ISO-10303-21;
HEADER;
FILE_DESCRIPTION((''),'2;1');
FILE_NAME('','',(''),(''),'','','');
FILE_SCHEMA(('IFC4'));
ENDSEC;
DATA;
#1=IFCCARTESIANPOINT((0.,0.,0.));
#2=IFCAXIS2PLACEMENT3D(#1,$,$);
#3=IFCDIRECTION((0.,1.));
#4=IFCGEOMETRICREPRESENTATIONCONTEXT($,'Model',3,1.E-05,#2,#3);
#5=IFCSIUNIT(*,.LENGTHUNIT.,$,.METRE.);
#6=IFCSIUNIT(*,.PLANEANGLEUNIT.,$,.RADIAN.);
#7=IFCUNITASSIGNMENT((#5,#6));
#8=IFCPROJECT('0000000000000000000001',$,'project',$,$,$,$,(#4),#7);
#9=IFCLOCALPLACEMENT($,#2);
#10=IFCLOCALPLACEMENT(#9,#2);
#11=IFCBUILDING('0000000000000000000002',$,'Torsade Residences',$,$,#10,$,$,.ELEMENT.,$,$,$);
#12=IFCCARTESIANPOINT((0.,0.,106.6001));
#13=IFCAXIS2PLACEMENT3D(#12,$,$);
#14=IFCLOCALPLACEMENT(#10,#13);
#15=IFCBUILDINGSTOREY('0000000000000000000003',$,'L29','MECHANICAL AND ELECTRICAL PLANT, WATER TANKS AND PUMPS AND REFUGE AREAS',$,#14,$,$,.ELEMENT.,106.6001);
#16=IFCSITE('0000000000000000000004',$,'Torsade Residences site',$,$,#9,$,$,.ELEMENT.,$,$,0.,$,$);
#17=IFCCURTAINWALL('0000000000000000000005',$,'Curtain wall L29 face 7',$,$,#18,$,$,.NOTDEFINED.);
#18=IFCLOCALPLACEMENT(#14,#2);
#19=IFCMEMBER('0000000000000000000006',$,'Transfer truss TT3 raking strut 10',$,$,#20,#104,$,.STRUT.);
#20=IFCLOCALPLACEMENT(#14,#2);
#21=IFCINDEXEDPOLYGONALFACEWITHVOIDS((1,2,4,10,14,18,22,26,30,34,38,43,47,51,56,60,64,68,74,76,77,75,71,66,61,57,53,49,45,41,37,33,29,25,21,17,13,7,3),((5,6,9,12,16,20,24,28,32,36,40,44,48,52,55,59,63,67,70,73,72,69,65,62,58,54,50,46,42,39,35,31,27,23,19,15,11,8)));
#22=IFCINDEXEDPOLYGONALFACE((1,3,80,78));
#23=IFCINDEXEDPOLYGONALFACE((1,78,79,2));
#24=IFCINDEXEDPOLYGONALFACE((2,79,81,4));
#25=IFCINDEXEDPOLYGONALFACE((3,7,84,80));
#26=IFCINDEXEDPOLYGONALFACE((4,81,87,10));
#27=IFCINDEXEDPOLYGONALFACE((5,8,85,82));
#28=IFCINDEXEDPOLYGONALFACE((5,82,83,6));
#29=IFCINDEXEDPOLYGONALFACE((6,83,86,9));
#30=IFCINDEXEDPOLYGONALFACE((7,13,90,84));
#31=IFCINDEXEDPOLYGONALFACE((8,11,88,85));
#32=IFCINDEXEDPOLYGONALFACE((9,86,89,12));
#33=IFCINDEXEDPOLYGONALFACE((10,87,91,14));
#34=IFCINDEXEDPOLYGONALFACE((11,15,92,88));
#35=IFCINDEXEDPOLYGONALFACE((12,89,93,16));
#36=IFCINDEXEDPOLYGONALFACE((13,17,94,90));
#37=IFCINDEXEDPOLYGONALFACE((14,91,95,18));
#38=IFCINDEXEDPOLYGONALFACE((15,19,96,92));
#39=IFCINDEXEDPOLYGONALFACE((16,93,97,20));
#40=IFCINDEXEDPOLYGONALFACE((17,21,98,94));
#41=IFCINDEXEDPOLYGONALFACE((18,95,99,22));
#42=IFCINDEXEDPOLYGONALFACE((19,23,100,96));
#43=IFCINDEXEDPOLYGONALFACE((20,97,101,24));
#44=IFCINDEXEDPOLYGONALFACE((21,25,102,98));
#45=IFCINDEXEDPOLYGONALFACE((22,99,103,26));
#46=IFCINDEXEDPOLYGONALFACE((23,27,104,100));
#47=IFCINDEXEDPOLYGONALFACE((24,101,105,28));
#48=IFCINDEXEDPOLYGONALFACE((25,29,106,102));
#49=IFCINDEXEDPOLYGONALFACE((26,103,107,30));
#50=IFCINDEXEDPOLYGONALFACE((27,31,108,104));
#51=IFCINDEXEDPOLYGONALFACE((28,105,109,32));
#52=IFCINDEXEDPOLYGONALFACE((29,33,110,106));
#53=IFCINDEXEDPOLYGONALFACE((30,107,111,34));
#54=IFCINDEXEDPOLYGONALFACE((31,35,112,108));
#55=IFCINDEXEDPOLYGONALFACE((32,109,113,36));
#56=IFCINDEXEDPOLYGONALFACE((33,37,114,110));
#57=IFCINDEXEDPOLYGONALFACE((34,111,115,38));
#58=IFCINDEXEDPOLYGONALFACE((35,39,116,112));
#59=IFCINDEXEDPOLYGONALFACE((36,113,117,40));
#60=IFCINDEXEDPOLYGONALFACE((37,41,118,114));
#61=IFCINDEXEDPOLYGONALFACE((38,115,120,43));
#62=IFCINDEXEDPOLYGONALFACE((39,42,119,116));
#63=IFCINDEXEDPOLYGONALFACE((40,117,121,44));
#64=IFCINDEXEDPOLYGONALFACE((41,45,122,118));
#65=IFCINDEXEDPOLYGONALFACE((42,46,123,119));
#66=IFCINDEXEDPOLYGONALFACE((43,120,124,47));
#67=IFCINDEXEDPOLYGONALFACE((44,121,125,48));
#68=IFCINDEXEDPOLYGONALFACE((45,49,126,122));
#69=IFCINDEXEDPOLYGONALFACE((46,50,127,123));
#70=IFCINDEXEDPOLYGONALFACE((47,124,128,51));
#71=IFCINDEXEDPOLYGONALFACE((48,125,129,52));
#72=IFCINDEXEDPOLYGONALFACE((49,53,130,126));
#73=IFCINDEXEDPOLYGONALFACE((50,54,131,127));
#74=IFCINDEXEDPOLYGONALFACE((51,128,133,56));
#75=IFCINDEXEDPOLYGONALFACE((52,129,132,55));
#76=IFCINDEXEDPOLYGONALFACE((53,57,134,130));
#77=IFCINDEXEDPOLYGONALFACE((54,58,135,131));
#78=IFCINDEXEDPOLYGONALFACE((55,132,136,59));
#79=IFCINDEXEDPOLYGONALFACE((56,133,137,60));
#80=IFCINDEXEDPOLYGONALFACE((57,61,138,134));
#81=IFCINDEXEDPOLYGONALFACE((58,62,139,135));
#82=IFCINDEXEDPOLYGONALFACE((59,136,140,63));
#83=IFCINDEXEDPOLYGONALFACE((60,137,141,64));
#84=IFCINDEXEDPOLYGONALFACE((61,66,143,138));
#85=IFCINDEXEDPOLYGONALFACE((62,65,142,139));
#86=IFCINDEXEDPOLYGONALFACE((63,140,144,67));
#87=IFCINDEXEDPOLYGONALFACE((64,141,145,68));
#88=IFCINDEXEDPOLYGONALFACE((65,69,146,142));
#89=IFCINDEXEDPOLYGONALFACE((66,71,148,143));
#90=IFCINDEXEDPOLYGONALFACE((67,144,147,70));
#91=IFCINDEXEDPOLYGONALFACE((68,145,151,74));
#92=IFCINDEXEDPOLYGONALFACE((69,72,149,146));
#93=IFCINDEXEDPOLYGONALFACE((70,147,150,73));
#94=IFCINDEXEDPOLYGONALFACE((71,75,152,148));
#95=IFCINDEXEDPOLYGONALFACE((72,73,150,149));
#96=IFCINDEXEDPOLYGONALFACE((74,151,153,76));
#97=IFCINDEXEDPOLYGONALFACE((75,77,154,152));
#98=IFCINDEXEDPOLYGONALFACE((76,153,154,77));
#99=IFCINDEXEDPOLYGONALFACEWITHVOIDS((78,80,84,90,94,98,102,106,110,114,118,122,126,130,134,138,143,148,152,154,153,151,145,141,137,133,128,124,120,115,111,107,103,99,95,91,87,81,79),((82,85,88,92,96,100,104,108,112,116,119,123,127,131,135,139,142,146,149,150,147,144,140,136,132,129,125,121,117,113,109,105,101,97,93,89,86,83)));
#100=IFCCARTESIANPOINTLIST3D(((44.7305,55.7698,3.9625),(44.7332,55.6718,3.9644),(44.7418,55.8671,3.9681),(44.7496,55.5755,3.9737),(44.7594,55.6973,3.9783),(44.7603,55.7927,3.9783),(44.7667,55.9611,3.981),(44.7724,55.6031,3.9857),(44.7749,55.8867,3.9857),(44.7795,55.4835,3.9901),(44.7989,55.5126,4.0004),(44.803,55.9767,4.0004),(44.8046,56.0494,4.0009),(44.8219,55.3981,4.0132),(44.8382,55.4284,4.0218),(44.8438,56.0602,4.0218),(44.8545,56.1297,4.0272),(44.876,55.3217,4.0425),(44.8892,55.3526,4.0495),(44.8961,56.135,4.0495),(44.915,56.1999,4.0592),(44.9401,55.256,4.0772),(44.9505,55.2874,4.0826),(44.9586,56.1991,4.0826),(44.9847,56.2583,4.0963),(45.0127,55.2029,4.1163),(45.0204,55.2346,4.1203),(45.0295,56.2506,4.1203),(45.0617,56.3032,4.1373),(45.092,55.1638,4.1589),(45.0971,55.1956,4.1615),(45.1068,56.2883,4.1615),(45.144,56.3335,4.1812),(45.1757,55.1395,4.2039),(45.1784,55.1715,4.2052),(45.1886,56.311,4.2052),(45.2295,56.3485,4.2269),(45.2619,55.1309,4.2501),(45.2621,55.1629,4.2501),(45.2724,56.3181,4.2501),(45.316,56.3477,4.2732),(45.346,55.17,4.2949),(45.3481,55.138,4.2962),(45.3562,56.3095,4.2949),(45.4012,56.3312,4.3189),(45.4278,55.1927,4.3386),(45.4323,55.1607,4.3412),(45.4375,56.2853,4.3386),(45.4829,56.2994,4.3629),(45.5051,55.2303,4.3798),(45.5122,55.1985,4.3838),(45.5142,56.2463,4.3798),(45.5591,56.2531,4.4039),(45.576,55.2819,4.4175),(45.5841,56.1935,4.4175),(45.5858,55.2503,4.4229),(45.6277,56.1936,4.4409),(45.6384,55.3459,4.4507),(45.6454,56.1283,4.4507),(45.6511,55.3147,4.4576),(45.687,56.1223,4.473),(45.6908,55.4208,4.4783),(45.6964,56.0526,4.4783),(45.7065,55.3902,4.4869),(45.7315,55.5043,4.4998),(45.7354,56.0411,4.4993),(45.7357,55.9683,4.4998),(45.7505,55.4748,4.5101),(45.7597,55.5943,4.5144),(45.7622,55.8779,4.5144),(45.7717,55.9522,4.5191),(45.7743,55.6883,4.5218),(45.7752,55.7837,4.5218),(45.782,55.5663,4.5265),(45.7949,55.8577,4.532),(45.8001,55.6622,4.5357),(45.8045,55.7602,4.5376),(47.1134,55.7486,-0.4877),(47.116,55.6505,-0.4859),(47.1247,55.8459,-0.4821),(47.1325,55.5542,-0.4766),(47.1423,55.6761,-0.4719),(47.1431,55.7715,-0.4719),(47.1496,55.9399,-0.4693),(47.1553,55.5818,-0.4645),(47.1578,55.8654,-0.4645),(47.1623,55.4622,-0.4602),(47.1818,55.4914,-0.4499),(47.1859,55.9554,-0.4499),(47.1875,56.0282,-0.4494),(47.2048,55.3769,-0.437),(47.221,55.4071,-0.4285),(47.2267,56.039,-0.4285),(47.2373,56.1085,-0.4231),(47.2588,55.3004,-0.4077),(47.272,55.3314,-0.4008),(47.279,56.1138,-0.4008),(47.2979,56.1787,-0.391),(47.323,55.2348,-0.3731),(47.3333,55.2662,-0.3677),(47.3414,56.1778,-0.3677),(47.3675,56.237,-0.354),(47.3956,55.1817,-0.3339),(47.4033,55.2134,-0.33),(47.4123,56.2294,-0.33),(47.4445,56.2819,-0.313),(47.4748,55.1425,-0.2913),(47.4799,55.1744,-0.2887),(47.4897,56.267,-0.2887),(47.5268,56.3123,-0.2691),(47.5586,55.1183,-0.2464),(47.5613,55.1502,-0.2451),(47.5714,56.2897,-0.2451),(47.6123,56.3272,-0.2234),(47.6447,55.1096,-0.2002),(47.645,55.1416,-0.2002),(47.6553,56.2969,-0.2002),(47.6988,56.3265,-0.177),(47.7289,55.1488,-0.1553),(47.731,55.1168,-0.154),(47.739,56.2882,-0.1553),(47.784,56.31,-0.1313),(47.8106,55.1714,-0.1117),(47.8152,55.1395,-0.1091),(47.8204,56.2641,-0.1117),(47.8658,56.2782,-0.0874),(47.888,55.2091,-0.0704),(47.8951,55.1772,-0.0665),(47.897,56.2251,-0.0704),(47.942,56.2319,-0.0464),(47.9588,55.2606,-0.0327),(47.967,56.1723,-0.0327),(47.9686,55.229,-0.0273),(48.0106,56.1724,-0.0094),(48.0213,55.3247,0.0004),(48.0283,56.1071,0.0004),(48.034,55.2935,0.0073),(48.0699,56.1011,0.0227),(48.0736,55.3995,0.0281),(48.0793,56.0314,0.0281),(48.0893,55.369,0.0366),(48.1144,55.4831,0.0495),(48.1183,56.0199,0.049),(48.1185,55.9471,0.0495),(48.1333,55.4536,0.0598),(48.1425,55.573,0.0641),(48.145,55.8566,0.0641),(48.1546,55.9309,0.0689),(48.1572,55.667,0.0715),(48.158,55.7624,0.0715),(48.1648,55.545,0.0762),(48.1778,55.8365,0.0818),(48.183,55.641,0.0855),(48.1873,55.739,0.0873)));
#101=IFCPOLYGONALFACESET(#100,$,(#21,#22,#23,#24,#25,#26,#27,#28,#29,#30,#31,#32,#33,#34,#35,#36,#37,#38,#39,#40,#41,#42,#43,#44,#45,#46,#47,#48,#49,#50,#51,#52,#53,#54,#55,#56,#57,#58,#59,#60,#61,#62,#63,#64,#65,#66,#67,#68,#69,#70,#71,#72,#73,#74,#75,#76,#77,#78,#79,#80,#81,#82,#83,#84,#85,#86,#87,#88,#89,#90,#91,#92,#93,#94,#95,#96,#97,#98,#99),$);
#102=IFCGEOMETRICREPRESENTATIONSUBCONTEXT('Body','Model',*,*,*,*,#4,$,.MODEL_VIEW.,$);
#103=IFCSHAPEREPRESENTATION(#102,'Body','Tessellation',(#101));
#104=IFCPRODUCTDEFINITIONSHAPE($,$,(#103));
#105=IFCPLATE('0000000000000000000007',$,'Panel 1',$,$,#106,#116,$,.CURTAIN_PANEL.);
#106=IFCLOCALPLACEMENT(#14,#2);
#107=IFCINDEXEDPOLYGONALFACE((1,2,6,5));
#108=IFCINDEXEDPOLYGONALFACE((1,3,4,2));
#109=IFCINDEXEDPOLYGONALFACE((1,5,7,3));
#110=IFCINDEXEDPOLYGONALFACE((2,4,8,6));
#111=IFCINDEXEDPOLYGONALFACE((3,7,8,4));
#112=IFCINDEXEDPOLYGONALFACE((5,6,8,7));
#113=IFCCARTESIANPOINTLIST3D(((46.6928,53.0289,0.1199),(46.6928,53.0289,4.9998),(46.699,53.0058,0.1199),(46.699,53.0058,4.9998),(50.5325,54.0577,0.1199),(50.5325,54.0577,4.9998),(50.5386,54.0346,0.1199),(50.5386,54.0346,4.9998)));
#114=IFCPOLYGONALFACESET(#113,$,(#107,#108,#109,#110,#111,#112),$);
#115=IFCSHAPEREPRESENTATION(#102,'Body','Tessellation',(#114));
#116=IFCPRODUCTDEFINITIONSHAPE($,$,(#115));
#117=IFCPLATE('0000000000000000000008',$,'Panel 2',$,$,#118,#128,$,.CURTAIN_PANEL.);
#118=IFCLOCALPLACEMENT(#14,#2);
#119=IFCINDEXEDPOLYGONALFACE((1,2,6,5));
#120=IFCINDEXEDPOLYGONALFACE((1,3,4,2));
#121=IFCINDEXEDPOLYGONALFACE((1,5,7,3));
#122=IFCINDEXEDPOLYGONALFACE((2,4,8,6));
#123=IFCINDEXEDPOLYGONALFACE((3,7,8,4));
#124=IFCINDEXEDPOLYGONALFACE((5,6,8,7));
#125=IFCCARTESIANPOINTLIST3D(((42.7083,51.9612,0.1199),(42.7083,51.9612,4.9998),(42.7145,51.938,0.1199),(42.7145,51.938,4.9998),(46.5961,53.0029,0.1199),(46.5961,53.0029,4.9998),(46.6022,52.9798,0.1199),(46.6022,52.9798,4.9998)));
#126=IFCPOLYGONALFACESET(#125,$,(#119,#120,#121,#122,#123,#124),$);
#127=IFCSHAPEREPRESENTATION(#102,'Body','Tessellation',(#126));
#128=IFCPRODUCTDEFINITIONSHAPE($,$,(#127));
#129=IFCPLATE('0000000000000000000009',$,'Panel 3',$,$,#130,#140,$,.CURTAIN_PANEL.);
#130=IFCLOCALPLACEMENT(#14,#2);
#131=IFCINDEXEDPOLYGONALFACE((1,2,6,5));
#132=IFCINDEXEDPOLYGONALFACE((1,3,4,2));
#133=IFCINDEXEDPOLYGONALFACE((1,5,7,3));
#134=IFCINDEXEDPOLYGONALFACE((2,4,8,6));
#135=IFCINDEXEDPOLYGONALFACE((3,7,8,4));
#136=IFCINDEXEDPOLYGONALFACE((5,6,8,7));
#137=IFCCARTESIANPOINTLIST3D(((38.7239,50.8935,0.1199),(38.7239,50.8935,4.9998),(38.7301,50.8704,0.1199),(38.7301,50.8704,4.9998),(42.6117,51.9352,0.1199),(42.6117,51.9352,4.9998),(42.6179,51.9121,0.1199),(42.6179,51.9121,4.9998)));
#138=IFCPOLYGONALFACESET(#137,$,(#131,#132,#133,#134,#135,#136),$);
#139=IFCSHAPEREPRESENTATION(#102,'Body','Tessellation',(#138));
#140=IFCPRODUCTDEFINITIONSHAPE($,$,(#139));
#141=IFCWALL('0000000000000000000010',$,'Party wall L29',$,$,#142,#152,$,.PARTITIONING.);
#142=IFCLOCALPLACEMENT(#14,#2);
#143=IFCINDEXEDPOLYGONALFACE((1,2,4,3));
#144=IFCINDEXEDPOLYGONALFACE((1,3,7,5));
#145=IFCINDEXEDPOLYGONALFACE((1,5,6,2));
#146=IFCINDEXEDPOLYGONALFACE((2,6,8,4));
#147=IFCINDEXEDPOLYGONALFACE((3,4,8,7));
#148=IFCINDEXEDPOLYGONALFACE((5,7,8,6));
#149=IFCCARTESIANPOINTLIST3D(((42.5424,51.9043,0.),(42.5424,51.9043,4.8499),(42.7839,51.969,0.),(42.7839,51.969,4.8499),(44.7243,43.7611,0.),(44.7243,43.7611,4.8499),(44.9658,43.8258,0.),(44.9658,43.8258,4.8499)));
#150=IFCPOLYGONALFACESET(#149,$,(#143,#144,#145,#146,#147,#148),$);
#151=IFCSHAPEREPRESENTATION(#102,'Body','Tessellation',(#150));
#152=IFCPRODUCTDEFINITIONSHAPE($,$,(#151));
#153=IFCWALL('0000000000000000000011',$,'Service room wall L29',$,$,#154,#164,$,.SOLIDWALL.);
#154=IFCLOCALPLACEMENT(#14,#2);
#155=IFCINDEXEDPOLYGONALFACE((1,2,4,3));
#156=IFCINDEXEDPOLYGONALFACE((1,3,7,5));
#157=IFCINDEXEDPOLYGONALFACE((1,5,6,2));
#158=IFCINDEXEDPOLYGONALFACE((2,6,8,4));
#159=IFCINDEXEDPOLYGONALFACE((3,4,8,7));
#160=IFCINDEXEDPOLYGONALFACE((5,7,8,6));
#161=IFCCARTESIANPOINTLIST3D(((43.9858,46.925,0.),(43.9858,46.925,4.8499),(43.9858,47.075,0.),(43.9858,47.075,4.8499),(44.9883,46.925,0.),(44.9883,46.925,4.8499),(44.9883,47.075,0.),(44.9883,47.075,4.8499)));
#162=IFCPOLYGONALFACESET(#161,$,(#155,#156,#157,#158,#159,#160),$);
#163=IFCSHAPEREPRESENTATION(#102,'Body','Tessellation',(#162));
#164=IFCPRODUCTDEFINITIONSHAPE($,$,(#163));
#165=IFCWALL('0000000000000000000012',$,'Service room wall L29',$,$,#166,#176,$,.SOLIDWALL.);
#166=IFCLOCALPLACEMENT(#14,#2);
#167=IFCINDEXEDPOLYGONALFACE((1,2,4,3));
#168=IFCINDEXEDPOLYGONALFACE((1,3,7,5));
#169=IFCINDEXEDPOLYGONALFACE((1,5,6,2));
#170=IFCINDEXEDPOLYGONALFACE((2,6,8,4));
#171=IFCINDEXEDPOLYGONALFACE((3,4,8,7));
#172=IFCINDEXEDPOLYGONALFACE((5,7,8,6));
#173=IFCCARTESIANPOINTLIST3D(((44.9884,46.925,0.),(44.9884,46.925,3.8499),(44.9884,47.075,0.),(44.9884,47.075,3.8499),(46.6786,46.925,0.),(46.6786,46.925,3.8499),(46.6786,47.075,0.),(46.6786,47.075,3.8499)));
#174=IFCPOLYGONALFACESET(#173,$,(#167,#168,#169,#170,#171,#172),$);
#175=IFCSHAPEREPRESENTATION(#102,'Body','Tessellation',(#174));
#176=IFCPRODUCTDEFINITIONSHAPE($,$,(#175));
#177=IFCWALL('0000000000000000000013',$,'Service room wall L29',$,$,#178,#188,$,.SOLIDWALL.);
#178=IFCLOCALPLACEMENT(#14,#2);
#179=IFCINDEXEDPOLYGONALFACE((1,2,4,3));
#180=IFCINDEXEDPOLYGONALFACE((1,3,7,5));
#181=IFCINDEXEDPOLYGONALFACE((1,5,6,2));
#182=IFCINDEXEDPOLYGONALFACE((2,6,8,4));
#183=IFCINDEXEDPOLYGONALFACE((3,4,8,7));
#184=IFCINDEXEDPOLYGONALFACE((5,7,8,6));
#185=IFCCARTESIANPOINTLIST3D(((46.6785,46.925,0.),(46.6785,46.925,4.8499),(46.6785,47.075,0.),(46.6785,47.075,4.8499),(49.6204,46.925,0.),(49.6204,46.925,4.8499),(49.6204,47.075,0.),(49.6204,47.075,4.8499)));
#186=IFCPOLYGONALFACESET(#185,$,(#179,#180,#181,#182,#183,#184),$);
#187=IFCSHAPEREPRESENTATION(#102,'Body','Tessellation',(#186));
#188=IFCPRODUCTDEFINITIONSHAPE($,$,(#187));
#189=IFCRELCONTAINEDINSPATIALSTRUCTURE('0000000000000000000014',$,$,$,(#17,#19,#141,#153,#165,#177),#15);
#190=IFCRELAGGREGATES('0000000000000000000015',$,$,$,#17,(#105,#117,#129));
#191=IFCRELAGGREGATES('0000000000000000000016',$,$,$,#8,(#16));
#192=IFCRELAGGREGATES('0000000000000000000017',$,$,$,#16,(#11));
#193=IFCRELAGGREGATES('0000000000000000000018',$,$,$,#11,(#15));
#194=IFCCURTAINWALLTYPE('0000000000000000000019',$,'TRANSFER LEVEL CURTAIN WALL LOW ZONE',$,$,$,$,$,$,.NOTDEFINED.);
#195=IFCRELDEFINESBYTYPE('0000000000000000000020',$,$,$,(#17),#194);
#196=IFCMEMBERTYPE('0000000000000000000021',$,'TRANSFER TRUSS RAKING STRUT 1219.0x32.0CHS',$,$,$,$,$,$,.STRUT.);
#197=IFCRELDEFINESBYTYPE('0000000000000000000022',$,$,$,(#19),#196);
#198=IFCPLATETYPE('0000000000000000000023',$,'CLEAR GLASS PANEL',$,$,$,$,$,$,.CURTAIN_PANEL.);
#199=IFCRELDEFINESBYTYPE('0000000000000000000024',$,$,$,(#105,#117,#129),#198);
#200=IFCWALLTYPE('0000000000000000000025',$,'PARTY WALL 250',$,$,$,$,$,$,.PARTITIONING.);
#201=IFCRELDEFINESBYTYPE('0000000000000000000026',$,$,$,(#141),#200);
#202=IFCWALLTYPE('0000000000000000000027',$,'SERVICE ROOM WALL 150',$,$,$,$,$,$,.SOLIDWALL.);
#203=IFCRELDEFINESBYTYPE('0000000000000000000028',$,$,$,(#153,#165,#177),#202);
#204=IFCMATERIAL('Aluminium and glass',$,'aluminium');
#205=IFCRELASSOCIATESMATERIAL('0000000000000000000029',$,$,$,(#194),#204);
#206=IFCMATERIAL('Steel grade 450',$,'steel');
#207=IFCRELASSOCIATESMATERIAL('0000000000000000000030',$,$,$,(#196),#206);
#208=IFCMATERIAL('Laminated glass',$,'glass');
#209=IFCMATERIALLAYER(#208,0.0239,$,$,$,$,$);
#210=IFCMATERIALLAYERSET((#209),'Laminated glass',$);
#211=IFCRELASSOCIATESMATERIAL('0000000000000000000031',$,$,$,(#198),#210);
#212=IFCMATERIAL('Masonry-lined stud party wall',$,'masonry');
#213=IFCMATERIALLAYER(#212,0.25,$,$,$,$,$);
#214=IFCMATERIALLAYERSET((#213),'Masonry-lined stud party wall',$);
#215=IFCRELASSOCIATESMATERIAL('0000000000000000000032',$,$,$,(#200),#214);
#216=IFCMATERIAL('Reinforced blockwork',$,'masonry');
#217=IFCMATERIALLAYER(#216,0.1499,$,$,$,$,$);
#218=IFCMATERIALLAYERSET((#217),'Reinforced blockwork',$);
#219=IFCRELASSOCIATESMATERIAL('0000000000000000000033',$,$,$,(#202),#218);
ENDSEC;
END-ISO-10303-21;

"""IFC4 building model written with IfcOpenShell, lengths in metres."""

from ifc_helpers import new_model, si_unit, direction, frame, frame_2d, origin, origin_2d, place, context, subcontext, project, spatial, rectangle, hollow_circle, extrude, material, layer, layer_set, material_profile, profile_set, type_object, element, aggregate, save


model = new_model("IFC4")

# Units and contexts
model_context = context("Model", 3, precision=1e-05, world=origin(), true_north=direction((0.0, 1.0)))
body_context = subcontext(model_context, "Body", "Model", "MODEL_VIEW")
ifc_project = project(units=[si_unit("LENGTHUNIT", "METRE"), si_unit("PLANEANGLEUNIT", "RADIAN")], contexts=[model_context])

# Site, building, storey
site_placement = place(None, origin())
site = spatial("IfcSite", under=ifc_project, at=site_placement, Name="Torsade Residences site", CompositionType="ELEMENT", RefElevation=0.0)
building_placement = place(site_placement, origin())
building = spatial("IfcBuilding", under=site, at=building_placement, Name="Torsade Residences", CompositionType="ELEMENT")
storey_placement = place(building_placement, frame((0.0, 0.0, 106.6001)))
storey = spatial("IfcBuildingStorey", under=building, at=storey_placement, Name="L29", Description="MECHANICAL AND ELECTRICAL PLANT, WATER TANKS AND PUMPS AND REFUGE AREAS", CompositionType="ELEMENT", Elevation=106.6001)

# Curtain wall
ifc_material_1 = material(Name="Aluminium and glass", Category="aluminium")
curtain_wall_type = type_object("IfcCurtainWallType", Name="TRANSFER LEVEL CURTAIN WALL LOW ZONE", PredefinedType="NOTDEFINED", material=ifc_material_1)
curtain_wall_placement = place(storey_placement, origin())
curtain_wall = element("IfcCurtainWall", 1, at=curtain_wall_placement, inside=storey, type_object=curtain_wall_type, Name="Curtain wall L29 face 7", PredefinedType="NOTDEFINED")

# Member
ifc_material_2 = material(Name="Steel grade 450", Category="steel")
ifc_material_profile_1 = material_profile(ifc_material_2, hollow_circle(Radius=0.6096, WallThickness=0.032, at=origin_2d()), Name="1219.0x32.0CHS")
ifc_profile_set_1 = profile_set([ifc_material_profile_1], Name="Steel grade 450")
member_type_1 = type_object("IfcMemberType", Name="TRANSFER TRUSS RAKING STRUT 1219.0x32.0CHS", PredefinedType="STRUT", material=ifc_profile_set_1)
member_1_placement = place(storey_placement, frame((47.6501, 55.7192, -0.2002), z_axis=(-0.472029, 0.004208, 0.881573), x_axis=(-0.008914, -0.99996, 0.0)))
element("IfcMember", 2, at=member_1_placement, inside=storey, type_object=member_type_1, Name="Transfer truss TT3 raking strut 10", PredefinedType="STRUT", context=body_context, shape_type="SweptSolid", body=[
    extrude(hollow_circle(Radius=0.6096, WallThickness=0.032, at=origin_2d()), origin(), (0.0, 0.0, 1.0), 5.0481),
])

# Plates
ifc_material_3 = material(Name="Laminated glass", Category="glass")
ifc_layer_1 = layer(ifc_material_3, 0.0239)
ifc_layer_set_1 = layer_set([ifc_layer_1], Name="Laminated glass")
plate_type = type_object("IfcPlateType", Name="CLEAR GLASS PANEL", PredefinedType="CURTAIN_PANEL", material=ifc_layer_set_1)
plate_1_placement = place(storey_placement, frame((48.6157, 53.5317, 0.1199), z_axis=(0.0, 0.0, 1.0), x_axis=(-0.965926, -0.258819, 0.0)))
plate_1 = element("IfcPlate", 3, at=plate_1_placement, type_object=plate_type, Name="Panel 1", PredefinedType="CURTAIN_PANEL", context=body_context, shape_type="SweptSolid", body=[
    extrude(rectangle(XDim=3.9751, YDim=0.0239, at=origin_2d()), origin(), (0.0, 0.0, 1.0), 4.8799),
])
plate_2_placement = place(storey_placement, frame((44.6553, 52.4705, 0.1199), z_axis=(0.0, 0.0, 1.0), x_axis=(-0.965926, -0.258819, 0.0)))
plate_2 = element("IfcPlate", 4, at=plate_2_placement, type_object=plate_type, Name="Panel 2", PredefinedType="CURTAIN_PANEL", context=body_context, shape_type="SweptSolid", body=[
    extrude(rectangle(XDim=4.0249, YDim=0.0239, at=origin_2d()), origin(), (0.0, 0.0, 1.0), 4.8799),
])
plate_3_placement = place(storey_placement, frame((40.6709, 51.4028, 0.1199), z_axis=(0.0, 0.0, 1.0), x_axis=(-0.965926, -0.258819, 0.0)))
plate_3 = element("IfcPlate", 5, at=plate_3_placement, type_object=plate_type, Name="Panel 3", PredefinedType="CURTAIN_PANEL", context=body_context, shape_type="SweptSolid", body=[
    extrude(rectangle(XDim=4.0249, YDim=0.0239, at=origin_2d()), origin(), (0.0, 0.0, 1.0), 4.8799),
])
aggregate(curtain_wall, [plate_1, plate_2, plate_3])

# Walls
ifc_material_4 = material(Name="Masonry-lined stud party wall", Category="masonry")
ifc_layer_2 = layer(ifc_material_4, 0.25)
ifc_layer_set_2 = layer_set([ifc_layer_2], Name="Masonry-lined stud party wall")
wall_type_1 = type_object("IfcWallType", Name="PARTY WALL 250", PredefinedType="PARTITIONING", material=ifc_layer_set_2)
wall_1_placement = place(storey_placement, frame((42.6631, 51.9368, 0.0), z_axis=(0.0, 0.0, 1.0), x_axis=(0.258814, -0.965927, 0.0)))
element("IfcWall", 6, at=wall_1_placement, inside=storey, type_object=wall_type_1, Name="Party wall L29", PredefinedType="PARTITIONING", context=body_context, shape_type="SweptSolid", body=[
    extrude(rectangle(XDim=8.4304, YDim=0.25, at=frame_2d((4.2153, 0.0))), origin(), (0.0, 0.0, 1.0), 4.8499),
])
ifc_material_5 = material(Name="Reinforced blockwork", Category="masonry")
ifc_layer_3 = layer(ifc_material_5, 0.1499)
ifc_layer_set_3 = layer_set([ifc_layer_3], Name="Reinforced blockwork")
wall_type_2 = type_object("IfcWallType", Name="SERVICE ROOM WALL 150", PredefinedType="SOLIDWALL", material=ifc_layer_set_3)
wall_2_placement = place(storey_placement, frame((43.9858, 47.0, 0.0), z_axis=(0.0, 0.0, 1.0), x_axis=(1.0, 0.0, 0.0)))
element("IfcWall", 7, at=wall_2_placement, inside=storey, type_object=wall_type_2, Name="Service room wall L29", PredefinedType="SOLIDWALL", context=body_context, shape_type="SweptSolid", body=[
    extrude(rectangle(XDim=1.0024, YDim=0.1499, at=frame_2d((0.5012, 0.0))), origin(), (0.0, 0.0, 1.0), 4.8499),
])
wall_3_placement = place(storey_placement, frame((44.9883, 47.0, 0.0), z_axis=(0.0, 0.0, 1.0), x_axis=(1.0, 0.0, 0.0)))
element("IfcWall", 8, at=wall_3_placement, inside=storey, type_object=wall_type_2, Name="Service room wall L29", PredefinedType="SOLIDWALL", context=body_context, shape_type="SweptSolid", body=[
    extrude(rectangle(XDim=1.6902, YDim=0.1499, at=frame_2d((0.8452, 0.0))), origin(), (0.0, 0.0, 1.0), 3.8499),
])
wall_4_placement = place(storey_placement, frame((46.6785, 47.0, 0.0), z_axis=(0.0, 0.0, 1.0), x_axis=(1.0, 0.0, 0.0)))
element("IfcWall", 9, at=wall_4_placement, inside=storey, type_object=wall_type_2, Name="Service room wall L29", PredefinedType="SOLIDWALL", context=body_context, shape_type="SweptSolid", body=[
    extrude(rectangle(XDim=2.9419, YDim=0.1499, at=frame_2d((1.4709, 0.0))), origin(), (0.0, 0.0, 1.0), 4.8499),
])

save(model, "model.ifc")
